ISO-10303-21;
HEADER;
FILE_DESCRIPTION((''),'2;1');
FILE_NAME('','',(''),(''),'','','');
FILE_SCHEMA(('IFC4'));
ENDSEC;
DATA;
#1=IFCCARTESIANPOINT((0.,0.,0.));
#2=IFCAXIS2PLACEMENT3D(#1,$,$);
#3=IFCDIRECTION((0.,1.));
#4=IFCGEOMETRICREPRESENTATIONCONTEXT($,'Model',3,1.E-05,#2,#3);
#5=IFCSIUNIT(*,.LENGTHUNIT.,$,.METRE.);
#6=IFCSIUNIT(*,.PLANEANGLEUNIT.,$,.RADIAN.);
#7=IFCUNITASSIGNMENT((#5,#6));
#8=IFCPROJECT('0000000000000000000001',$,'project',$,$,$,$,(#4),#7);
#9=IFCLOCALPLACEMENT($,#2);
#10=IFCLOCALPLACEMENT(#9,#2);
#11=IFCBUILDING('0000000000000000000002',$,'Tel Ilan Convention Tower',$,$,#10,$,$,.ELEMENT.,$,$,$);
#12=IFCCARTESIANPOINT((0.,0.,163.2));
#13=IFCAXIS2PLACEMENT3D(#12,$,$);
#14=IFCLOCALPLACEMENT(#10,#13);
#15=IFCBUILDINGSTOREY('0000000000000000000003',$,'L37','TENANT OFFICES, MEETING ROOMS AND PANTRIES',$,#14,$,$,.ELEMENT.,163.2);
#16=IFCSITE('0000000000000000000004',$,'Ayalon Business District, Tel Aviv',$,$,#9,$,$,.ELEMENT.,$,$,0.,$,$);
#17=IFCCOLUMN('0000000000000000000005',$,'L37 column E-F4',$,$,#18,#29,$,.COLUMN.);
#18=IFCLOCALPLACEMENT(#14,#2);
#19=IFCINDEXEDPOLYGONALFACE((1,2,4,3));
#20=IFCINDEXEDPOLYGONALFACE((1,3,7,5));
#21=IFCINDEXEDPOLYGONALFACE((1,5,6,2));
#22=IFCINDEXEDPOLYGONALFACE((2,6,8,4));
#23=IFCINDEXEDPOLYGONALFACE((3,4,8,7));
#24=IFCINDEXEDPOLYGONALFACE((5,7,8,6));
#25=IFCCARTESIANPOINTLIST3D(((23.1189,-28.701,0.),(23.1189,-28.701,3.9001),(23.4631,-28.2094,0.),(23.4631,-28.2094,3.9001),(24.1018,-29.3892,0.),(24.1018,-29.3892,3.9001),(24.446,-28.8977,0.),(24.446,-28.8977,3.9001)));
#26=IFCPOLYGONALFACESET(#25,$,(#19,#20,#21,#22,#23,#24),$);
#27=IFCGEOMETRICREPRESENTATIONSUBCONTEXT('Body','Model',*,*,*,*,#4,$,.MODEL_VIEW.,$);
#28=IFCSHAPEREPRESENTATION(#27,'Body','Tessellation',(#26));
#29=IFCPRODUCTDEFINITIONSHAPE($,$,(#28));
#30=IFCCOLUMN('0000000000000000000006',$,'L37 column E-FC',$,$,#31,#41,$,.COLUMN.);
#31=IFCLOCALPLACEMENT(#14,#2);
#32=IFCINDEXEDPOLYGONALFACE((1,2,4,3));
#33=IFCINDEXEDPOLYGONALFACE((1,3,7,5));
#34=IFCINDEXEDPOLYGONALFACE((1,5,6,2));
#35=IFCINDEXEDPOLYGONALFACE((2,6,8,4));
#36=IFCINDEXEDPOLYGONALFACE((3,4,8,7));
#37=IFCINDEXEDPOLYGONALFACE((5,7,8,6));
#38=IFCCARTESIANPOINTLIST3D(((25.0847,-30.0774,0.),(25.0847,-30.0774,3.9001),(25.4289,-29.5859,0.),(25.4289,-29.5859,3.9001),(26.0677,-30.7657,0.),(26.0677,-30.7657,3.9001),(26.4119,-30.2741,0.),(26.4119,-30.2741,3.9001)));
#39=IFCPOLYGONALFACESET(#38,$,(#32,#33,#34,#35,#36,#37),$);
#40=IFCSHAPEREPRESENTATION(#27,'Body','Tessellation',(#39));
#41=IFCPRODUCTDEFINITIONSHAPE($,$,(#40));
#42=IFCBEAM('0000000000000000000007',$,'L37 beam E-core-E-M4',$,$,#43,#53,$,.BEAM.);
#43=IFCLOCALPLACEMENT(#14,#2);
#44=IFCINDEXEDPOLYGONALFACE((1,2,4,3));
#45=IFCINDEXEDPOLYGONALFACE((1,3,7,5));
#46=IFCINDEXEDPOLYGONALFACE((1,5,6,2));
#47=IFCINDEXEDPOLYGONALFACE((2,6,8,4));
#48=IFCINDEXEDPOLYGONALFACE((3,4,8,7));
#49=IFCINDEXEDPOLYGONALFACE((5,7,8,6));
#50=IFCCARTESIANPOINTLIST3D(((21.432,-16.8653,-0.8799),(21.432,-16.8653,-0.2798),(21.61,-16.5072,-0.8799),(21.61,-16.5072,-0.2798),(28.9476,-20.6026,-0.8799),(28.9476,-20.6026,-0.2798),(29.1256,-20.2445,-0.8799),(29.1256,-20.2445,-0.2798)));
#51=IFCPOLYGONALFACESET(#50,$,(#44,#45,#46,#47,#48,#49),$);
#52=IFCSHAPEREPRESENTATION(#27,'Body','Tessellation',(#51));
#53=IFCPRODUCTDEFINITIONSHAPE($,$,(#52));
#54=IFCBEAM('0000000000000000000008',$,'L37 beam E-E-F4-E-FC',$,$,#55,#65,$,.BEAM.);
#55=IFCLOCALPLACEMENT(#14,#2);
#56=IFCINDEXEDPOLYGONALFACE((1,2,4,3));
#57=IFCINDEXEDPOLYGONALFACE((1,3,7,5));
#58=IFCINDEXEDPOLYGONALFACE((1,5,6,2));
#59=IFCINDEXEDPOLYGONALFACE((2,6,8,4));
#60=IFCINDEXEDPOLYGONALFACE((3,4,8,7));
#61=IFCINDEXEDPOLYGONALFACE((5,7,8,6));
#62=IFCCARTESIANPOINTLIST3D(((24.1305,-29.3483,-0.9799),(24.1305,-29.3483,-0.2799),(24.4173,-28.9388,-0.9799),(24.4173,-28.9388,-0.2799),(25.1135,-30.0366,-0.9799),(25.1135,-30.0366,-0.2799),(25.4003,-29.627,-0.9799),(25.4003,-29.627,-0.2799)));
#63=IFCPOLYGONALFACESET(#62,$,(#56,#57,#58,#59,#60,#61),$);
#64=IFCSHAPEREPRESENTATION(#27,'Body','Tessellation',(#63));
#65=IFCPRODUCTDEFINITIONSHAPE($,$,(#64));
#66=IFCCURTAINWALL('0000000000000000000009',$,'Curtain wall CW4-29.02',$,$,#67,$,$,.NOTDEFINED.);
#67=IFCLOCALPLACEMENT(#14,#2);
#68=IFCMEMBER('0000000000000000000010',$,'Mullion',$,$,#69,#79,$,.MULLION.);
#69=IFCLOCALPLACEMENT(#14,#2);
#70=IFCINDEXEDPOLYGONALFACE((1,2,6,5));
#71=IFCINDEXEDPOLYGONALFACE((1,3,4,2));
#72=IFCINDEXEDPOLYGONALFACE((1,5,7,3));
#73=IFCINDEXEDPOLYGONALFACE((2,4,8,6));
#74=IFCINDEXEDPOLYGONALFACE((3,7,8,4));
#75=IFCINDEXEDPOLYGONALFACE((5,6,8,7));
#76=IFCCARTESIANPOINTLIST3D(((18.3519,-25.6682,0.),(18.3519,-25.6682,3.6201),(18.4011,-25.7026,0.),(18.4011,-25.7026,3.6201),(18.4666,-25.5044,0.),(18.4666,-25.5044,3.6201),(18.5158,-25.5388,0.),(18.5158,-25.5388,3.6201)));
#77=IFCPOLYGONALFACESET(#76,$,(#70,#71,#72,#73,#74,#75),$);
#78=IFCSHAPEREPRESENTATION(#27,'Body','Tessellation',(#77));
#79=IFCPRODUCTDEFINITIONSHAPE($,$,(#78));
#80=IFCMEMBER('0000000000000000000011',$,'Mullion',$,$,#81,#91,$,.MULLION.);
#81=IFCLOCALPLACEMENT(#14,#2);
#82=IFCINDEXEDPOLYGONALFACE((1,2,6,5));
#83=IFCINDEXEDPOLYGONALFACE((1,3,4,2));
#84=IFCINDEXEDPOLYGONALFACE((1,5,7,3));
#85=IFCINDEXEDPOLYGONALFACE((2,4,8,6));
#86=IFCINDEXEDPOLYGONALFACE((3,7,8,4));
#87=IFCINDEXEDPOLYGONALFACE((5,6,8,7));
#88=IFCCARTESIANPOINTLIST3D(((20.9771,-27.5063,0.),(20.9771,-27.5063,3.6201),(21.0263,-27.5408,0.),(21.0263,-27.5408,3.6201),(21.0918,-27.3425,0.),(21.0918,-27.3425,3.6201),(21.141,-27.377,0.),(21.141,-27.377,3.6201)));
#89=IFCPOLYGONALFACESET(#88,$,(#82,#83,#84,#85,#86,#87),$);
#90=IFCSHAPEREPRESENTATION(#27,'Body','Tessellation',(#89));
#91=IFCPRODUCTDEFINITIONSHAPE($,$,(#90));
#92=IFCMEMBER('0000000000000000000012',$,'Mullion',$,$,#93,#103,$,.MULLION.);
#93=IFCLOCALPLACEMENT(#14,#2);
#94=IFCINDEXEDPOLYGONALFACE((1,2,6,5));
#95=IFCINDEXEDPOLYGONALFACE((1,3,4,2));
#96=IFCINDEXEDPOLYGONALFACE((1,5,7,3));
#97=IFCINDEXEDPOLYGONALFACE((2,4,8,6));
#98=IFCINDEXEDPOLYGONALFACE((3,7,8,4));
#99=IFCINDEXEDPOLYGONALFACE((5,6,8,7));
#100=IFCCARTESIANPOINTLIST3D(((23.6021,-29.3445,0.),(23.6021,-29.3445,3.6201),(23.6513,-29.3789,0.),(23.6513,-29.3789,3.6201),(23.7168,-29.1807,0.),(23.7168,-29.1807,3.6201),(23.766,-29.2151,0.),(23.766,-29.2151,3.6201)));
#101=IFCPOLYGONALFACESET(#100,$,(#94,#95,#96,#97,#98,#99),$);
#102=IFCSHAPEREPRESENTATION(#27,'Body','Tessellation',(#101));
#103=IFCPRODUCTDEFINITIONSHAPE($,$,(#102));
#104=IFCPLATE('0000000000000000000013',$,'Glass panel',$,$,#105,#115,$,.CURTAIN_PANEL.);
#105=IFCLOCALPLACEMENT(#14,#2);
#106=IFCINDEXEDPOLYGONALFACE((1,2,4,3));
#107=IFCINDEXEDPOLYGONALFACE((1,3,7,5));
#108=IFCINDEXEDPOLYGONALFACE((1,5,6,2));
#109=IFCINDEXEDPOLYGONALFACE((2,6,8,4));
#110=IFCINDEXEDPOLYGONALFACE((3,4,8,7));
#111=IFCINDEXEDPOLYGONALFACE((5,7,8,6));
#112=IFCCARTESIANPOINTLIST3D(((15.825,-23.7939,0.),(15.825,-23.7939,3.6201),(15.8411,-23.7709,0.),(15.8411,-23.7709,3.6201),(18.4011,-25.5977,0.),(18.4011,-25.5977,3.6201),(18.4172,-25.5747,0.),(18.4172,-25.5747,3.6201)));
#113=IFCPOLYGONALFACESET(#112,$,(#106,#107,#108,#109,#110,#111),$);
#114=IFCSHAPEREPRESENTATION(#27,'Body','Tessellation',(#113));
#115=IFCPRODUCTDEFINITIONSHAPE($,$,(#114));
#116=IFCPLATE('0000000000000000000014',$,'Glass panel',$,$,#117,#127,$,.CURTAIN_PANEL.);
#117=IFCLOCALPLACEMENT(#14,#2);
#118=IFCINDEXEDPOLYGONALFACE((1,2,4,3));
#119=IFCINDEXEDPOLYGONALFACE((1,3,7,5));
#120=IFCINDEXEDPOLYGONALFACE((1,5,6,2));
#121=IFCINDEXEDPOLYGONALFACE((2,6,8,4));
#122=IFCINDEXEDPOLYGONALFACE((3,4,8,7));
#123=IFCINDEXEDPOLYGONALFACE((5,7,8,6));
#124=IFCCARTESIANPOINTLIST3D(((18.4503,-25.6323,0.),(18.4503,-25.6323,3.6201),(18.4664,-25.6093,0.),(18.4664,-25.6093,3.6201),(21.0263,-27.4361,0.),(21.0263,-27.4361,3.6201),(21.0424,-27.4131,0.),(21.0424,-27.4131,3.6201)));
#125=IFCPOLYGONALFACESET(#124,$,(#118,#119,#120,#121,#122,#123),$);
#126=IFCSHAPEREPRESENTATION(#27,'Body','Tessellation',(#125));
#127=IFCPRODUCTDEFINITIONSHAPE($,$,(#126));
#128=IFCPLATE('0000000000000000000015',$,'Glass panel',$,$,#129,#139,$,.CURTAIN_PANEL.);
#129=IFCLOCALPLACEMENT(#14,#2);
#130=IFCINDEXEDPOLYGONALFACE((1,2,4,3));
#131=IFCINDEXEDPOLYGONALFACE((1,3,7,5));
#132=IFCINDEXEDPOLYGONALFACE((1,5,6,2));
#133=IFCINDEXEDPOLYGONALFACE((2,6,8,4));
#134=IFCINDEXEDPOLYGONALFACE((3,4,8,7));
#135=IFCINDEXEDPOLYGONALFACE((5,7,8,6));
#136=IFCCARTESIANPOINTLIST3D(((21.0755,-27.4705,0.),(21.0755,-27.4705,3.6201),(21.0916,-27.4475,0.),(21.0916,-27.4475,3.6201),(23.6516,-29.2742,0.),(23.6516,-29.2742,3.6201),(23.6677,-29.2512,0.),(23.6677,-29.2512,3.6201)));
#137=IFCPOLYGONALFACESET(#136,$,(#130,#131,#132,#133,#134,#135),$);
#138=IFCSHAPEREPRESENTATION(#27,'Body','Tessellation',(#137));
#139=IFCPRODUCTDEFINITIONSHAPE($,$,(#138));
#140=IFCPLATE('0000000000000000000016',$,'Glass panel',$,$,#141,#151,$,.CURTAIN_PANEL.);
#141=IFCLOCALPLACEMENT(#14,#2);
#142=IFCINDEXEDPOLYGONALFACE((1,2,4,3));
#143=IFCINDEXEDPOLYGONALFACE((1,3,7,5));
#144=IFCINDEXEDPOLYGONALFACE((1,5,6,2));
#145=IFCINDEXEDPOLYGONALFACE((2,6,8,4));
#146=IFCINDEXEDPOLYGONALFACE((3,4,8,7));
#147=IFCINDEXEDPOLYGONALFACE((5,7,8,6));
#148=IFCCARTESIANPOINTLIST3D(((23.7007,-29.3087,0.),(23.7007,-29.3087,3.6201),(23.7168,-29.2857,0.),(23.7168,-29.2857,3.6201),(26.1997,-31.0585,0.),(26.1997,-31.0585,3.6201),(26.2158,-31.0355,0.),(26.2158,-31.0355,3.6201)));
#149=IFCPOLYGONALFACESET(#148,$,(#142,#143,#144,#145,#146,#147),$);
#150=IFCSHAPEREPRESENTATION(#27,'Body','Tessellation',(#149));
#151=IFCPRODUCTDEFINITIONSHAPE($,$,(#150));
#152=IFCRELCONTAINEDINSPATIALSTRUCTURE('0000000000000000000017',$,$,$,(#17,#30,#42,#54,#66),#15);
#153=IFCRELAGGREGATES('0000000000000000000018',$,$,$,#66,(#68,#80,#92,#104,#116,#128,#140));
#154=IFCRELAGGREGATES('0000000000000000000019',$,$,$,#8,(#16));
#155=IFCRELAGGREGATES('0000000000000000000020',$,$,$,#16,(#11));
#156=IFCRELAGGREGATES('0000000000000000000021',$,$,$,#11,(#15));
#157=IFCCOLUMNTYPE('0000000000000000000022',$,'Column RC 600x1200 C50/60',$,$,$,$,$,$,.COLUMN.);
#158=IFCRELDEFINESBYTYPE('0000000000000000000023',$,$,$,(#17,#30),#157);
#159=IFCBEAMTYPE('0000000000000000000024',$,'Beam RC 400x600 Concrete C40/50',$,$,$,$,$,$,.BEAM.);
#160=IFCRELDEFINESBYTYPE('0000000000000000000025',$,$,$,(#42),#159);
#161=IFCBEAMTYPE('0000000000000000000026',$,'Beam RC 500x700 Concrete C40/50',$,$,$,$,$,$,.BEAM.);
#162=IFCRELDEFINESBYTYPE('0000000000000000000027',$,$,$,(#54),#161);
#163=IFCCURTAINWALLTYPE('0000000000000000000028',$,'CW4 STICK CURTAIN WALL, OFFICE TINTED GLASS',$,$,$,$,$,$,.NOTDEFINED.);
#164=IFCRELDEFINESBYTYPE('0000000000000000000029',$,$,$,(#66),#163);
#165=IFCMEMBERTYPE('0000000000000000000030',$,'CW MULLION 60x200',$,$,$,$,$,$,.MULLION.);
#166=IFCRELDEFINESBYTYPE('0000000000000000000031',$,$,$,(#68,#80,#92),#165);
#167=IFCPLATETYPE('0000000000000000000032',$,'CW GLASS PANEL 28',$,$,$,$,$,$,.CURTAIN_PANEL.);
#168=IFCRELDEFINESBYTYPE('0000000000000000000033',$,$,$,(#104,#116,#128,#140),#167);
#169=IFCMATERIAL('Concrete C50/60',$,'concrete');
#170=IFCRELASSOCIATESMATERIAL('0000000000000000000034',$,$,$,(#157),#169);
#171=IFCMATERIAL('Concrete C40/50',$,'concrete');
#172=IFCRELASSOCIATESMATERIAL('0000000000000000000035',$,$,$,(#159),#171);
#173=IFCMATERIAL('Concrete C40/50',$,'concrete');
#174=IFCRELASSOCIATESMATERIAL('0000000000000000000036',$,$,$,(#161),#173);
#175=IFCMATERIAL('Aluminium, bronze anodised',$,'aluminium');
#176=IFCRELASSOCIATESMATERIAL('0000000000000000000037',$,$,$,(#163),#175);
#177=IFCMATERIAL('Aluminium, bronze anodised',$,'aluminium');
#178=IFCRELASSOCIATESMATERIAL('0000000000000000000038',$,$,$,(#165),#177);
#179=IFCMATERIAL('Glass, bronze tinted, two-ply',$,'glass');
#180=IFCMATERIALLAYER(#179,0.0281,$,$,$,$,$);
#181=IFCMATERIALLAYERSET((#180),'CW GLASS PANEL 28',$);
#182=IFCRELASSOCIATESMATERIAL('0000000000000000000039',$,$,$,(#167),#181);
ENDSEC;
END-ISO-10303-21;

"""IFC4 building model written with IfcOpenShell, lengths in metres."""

from ifc_helpers import new_model, si_unit, direction, frame, origin, origin_2d, place, context, subcontext, project, spatial, rectangle, extrude, material, layer, layer_set, material_profile, profile_set, type_object, element, aggregate, save


model = new_model("IFC4")

# Units and contexts
model_context = context("Model", 3, precision=1e-05, world=origin(), true_north=direction((0.0, 1.0)))
body_context = subcontext(model_context, "Body", "Model", "MODEL_VIEW")
ifc_project = project(units=[si_unit("LENGTHUNIT", "METRE"), si_unit("PLANEANGLEUNIT", "RADIAN")], contexts=[model_context])

# Site, building, storey
site_placement = place(None, origin())
site = spatial("IfcSite", under=ifc_project, at=site_placement, Name="Ayalon Business District, Tel Aviv", CompositionType="ELEMENT", RefElevation=0.0)
building_placement = place(site_placement, origin())
building = spatial("IfcBuilding", under=site, at=building_placement, Name="Tel Ilan Convention Tower", CompositionType="ELEMENT")
storey_placement = place(building_placement, frame((0.0, 0.0, 163.2)))
storey = spatial("IfcBuildingStorey", under=building, at=storey_placement, Name="L37", Description="TENANT OFFICES, MEETING ROOMS AND PANTRIES", CompositionType="ELEMENT", Elevation=163.2)

# Columns
ifc_material_1 = material(Name="Concrete C50/60", Category="concrete")
ifc_material_profile_1 = material_profile(ifc_material_1, rectangle(XDim=1.2, YDim=0.6001, at=origin_2d()), Name="RC 600x1200")
ifc_profile_set_1 = profile_set([ifc_material_profile_1], Name="Concrete C50/60")
column_type = type_object("IfcColumnType", Name="Column RC 600x1200 C50/60", PredefinedType="COLUMN", material=ifc_profile_set_1)
for number, where, z_axis, x_axis, name in (
    (1, (23.7825, -28.7993, 0.0), (0.0, 0.0, 1.0), (0.819152, -0.573576, 0.0), "L37 column E-F4"),
    (2, (25.7483, -30.1758, 0.0), (0.0, 0.0, 1.0), (0.819152, -0.573576, 0.0), "L37 column E-FC"),
):
    element("IfcColumn", number, at=place(storey_placement, frame(where, z_axis=z_axis, x_axis=x_axis)), inside=storey, type_object=column_type, Name=name, PredefinedType="COLUMN", context=body_context, shape_type="SweptSolid", body=[
        extrude(rectangle(XDim=1.2, YDim=0.6001, at=origin_2d()), origin(), (0.0, 0.0, 1.0), 3.9001),
    ])

# Beams
ifc_material_2 = material(Name="Concrete C40/50", Category="concrete")
ifc_material_profile_2 = material_profile(ifc_material_2, rectangle(XDim=0.3999, YDim=0.6001, at=origin_2d()), Name="RC 400x600")
ifc_profile_set_2 = profile_set([ifc_material_profile_2], Name="Concrete C40/50")
beam_type_1 = type_object("IfcBeamType", Name="Beam RC 400x600 Concrete C40/50", PredefinedType="BEAM", material=ifc_profile_set_2)
beam_1_placement = place(storey_placement, frame((21.521, -16.6863, -0.5798), z_axis=(0.895402, -0.445258, 0.0), x_axis=(0.445258, 0.895402, 0.0)))
element("IfcBeam", 3, at=beam_1_placement, inside=storey, type_object=beam_type_1, Name="L37 beam E-core-E-M4", PredefinedType="BEAM", context=body_context, shape_type="SweptSolid", body=[
    extrude(rectangle(XDim=0.3999, YDim=0.6001, at=origin_2d()), origin(), (0.0, 0.0, 1.0), 8.3936),
])
ifc_material_3 = material(Name="Concrete C40/50", Category="concrete")
ifc_material_profile_3 = material_profile(ifc_material_3, rectangle(XDim=0.5, YDim=0.7, at=origin_2d()), Name="RC 500x700")
ifc_profile_set_3 = profile_set([ifc_material_profile_3], Name="Concrete C40/50")
beam_type_2 = type_object("IfcBeamType", Name="Beam RC 500x700 Concrete C40/50", PredefinedType="BEAM", material=ifc_profile_set_3)
beam_2_placement = place(storey_placement, frame((24.2739, -29.1436, -0.6299), z_axis=(0.819155, -0.573572, 0.0), x_axis=(0.573572, 0.819155, 0.0)))
element("IfcBeam", 4, at=beam_2_placement, inside=storey, type_object=beam_type_2, Name="L37 beam E-E-F4-E-FC", PredefinedType="BEAM", context=body_context, shape_type="SweptSolid", body=[
    extrude(rectangle(XDim=0.5, YDim=0.7, at=origin_2d()), origin(), (0.0, 0.0, 1.0), 1.2),
])

# Curtain wall, members, plates
ifc_material_4 = material(Name="Aluminium, bronze anodised", Category="aluminium")
curtain_wall_type = type_object("IfcCurtainWallType", Name="CW4 STICK CURTAIN WALL, OFFICE TINTED GLASS", PredefinedType="NOTDEFINED", material=ifc_material_4)
curtain_wall_placement = place(storey_placement, origin())
curtain_wall = element("IfcCurtainWall", 5, at=curtain_wall_placement, inside=storey, type_object=curtain_wall_type, Name="Curtain wall CW4-29.02", PredefinedType="NOTDEFINED")
ifc_material_5 = material(Name="Aluminium, bronze anodised", Category="aluminium")
ifc_material_profile_4 = material_profile(ifc_material_5, rectangle(XDim=0.0601, YDim=0.2, at=origin_2d()), Name="CW MULLION 60x200")
ifc_profile_set_4 = profile_set([ifc_material_profile_4], Name="Aluminium, bronze anodised")
member_type = type_object("IfcMemberType", Name="CW MULLION 60x200", PredefinedType="MULLION", material=ifc_profile_set_4)
member_1_placement = place(storey_placement, frame((18.4338, -25.6035, 0.0), z_axis=(0.0, 0.0, 1.0), x_axis=(0.819152, -0.573576, 0.0)))
member_1 = element("IfcMember", 6, at=member_1_placement, type_object=member_type, Name="Mullion", PredefinedType="MULLION", context=body_context, shape_type="SweptSolid", body=[
    extrude(rectangle(XDim=0.0601, YDim=0.2, at=origin_2d()), origin(), (0.0, 0.0, 1.0), 3.6201),
])
member_2_placement = place(storey_placement, frame((21.0591, -27.4417, 0.0), z_axis=(0.0, 0.0, 1.0), x_axis=(0.819152, -0.573576, 0.0)))
member_2 = element("IfcMember", 7, at=member_2_placement, type_object=member_type, Name="Mullion", PredefinedType="MULLION", context=body_context, shape_type="SweptSolid", body=[
    extrude(rectangle(XDim=0.0601, YDim=0.2, at=origin_2d()), origin(), (0.0, 0.0, 1.0), 3.6201),
])
member_3_placement = place(storey_placement, frame((23.6841, -29.2798, 0.0), z_axis=(0.0, 0.0, 1.0), x_axis=(0.819152, -0.573576, 0.0)))
member_3 = element("IfcMember", 8, at=member_3_placement, type_object=member_type, Name="Mullion", PredefinedType="MULLION", context=body_context, shape_type="SweptSolid", body=[
    extrude(rectangle(XDim=0.0601, YDim=0.2, at=origin_2d()), origin(), (0.0, 0.0, 1.0), 3.6201),
])
ifc_material_6 = material(Name="Glass, bronze tinted, two-ply", Category="glass")
ifc_layer_1 = layer(ifc_material_6, 0.0281)
ifc_layer_set_1 = layer_set([ifc_layer_1], Name="CW GLASS PANEL 28")
plate_type = type_object("IfcPlateType", Name="CW GLASS PANEL 28", PredefinedType="CURTAIN_PANEL", material=ifc_layer_set_1)
plate_1_placement = place(storey_placement, frame((17.1211, -24.6843, 0.0), z_axis=(0.0, 0.0, 1.0), x_axis=(0.819152, -0.573576, 0.0)))
plate_1 = element("IfcPlate", 9, at=plate_1_placement, type_object=plate_type, Name="Glass panel", PredefinedType="CURTAIN_PANEL", context=body_context, shape_type="SweptSolid", body=[
    extrude(rectangle(XDim=3.1448, YDim=0.0281, at=origin_2d()), origin(), (0.0, 0.0, 1.0), 3.6201),
])
plate_2_placement = place(storey_placement, frame((19.7463, -26.5227, 0.0), z_axis=(0.0, 0.0, 1.0), x_axis=(0.819152, -0.573576, 0.0)))
plate_2 = element("IfcPlate", 10, at=plate_2_placement, type_object=plate_type, Name="Glass panel", PredefinedType="CURTAIN_PANEL", context=body_context, shape_type="SweptSolid", body=[
    extrude(rectangle(XDim=3.1448, YDim=0.0281, at=origin_2d()), origin(), (0.0, 0.0, 1.0), 3.6201),
])
plate_3_placement = place(storey_placement, frame((22.3716, -28.3608, 0.0), z_axis=(0.0, 0.0, 1.0), x_axis=(0.819152, -0.573576, 0.0)))
plate_3 = element("IfcPlate", 11, at=plate_3_placement, type_object=plate_type, Name="Glass panel", PredefinedType="CURTAIN_PANEL", context=body_context, shape_type="SweptSolid", body=[
    extrude(rectangle(XDim=3.1448, YDim=0.0281, at=origin_2d()), origin(), (0.0, 0.0, 1.0), 3.6201),
])
plate_4_placement = place(storey_placement, frame((24.9583, -30.1721, 0.0), z_axis=(0.0, 0.0, 1.0), x_axis=(0.819152, -0.573576, 0.0)))
plate_4 = element("IfcPlate", 12, at=plate_4_placement, type_object=plate_type, Name="Glass panel", PredefinedType="CURTAIN_PANEL", context=body_context, shape_type="SweptSolid", body=[
    extrude(rectangle(XDim=3.0508, YDim=0.0281, at=origin_2d()), origin(), (0.0, 0.0, 1.0), 3.6201),
])
aggregate(curtain_wall, [member_1, member_2, member_3, plate_1, plate_2, plate_3, plate_4])

save(model, "model.ifc")
